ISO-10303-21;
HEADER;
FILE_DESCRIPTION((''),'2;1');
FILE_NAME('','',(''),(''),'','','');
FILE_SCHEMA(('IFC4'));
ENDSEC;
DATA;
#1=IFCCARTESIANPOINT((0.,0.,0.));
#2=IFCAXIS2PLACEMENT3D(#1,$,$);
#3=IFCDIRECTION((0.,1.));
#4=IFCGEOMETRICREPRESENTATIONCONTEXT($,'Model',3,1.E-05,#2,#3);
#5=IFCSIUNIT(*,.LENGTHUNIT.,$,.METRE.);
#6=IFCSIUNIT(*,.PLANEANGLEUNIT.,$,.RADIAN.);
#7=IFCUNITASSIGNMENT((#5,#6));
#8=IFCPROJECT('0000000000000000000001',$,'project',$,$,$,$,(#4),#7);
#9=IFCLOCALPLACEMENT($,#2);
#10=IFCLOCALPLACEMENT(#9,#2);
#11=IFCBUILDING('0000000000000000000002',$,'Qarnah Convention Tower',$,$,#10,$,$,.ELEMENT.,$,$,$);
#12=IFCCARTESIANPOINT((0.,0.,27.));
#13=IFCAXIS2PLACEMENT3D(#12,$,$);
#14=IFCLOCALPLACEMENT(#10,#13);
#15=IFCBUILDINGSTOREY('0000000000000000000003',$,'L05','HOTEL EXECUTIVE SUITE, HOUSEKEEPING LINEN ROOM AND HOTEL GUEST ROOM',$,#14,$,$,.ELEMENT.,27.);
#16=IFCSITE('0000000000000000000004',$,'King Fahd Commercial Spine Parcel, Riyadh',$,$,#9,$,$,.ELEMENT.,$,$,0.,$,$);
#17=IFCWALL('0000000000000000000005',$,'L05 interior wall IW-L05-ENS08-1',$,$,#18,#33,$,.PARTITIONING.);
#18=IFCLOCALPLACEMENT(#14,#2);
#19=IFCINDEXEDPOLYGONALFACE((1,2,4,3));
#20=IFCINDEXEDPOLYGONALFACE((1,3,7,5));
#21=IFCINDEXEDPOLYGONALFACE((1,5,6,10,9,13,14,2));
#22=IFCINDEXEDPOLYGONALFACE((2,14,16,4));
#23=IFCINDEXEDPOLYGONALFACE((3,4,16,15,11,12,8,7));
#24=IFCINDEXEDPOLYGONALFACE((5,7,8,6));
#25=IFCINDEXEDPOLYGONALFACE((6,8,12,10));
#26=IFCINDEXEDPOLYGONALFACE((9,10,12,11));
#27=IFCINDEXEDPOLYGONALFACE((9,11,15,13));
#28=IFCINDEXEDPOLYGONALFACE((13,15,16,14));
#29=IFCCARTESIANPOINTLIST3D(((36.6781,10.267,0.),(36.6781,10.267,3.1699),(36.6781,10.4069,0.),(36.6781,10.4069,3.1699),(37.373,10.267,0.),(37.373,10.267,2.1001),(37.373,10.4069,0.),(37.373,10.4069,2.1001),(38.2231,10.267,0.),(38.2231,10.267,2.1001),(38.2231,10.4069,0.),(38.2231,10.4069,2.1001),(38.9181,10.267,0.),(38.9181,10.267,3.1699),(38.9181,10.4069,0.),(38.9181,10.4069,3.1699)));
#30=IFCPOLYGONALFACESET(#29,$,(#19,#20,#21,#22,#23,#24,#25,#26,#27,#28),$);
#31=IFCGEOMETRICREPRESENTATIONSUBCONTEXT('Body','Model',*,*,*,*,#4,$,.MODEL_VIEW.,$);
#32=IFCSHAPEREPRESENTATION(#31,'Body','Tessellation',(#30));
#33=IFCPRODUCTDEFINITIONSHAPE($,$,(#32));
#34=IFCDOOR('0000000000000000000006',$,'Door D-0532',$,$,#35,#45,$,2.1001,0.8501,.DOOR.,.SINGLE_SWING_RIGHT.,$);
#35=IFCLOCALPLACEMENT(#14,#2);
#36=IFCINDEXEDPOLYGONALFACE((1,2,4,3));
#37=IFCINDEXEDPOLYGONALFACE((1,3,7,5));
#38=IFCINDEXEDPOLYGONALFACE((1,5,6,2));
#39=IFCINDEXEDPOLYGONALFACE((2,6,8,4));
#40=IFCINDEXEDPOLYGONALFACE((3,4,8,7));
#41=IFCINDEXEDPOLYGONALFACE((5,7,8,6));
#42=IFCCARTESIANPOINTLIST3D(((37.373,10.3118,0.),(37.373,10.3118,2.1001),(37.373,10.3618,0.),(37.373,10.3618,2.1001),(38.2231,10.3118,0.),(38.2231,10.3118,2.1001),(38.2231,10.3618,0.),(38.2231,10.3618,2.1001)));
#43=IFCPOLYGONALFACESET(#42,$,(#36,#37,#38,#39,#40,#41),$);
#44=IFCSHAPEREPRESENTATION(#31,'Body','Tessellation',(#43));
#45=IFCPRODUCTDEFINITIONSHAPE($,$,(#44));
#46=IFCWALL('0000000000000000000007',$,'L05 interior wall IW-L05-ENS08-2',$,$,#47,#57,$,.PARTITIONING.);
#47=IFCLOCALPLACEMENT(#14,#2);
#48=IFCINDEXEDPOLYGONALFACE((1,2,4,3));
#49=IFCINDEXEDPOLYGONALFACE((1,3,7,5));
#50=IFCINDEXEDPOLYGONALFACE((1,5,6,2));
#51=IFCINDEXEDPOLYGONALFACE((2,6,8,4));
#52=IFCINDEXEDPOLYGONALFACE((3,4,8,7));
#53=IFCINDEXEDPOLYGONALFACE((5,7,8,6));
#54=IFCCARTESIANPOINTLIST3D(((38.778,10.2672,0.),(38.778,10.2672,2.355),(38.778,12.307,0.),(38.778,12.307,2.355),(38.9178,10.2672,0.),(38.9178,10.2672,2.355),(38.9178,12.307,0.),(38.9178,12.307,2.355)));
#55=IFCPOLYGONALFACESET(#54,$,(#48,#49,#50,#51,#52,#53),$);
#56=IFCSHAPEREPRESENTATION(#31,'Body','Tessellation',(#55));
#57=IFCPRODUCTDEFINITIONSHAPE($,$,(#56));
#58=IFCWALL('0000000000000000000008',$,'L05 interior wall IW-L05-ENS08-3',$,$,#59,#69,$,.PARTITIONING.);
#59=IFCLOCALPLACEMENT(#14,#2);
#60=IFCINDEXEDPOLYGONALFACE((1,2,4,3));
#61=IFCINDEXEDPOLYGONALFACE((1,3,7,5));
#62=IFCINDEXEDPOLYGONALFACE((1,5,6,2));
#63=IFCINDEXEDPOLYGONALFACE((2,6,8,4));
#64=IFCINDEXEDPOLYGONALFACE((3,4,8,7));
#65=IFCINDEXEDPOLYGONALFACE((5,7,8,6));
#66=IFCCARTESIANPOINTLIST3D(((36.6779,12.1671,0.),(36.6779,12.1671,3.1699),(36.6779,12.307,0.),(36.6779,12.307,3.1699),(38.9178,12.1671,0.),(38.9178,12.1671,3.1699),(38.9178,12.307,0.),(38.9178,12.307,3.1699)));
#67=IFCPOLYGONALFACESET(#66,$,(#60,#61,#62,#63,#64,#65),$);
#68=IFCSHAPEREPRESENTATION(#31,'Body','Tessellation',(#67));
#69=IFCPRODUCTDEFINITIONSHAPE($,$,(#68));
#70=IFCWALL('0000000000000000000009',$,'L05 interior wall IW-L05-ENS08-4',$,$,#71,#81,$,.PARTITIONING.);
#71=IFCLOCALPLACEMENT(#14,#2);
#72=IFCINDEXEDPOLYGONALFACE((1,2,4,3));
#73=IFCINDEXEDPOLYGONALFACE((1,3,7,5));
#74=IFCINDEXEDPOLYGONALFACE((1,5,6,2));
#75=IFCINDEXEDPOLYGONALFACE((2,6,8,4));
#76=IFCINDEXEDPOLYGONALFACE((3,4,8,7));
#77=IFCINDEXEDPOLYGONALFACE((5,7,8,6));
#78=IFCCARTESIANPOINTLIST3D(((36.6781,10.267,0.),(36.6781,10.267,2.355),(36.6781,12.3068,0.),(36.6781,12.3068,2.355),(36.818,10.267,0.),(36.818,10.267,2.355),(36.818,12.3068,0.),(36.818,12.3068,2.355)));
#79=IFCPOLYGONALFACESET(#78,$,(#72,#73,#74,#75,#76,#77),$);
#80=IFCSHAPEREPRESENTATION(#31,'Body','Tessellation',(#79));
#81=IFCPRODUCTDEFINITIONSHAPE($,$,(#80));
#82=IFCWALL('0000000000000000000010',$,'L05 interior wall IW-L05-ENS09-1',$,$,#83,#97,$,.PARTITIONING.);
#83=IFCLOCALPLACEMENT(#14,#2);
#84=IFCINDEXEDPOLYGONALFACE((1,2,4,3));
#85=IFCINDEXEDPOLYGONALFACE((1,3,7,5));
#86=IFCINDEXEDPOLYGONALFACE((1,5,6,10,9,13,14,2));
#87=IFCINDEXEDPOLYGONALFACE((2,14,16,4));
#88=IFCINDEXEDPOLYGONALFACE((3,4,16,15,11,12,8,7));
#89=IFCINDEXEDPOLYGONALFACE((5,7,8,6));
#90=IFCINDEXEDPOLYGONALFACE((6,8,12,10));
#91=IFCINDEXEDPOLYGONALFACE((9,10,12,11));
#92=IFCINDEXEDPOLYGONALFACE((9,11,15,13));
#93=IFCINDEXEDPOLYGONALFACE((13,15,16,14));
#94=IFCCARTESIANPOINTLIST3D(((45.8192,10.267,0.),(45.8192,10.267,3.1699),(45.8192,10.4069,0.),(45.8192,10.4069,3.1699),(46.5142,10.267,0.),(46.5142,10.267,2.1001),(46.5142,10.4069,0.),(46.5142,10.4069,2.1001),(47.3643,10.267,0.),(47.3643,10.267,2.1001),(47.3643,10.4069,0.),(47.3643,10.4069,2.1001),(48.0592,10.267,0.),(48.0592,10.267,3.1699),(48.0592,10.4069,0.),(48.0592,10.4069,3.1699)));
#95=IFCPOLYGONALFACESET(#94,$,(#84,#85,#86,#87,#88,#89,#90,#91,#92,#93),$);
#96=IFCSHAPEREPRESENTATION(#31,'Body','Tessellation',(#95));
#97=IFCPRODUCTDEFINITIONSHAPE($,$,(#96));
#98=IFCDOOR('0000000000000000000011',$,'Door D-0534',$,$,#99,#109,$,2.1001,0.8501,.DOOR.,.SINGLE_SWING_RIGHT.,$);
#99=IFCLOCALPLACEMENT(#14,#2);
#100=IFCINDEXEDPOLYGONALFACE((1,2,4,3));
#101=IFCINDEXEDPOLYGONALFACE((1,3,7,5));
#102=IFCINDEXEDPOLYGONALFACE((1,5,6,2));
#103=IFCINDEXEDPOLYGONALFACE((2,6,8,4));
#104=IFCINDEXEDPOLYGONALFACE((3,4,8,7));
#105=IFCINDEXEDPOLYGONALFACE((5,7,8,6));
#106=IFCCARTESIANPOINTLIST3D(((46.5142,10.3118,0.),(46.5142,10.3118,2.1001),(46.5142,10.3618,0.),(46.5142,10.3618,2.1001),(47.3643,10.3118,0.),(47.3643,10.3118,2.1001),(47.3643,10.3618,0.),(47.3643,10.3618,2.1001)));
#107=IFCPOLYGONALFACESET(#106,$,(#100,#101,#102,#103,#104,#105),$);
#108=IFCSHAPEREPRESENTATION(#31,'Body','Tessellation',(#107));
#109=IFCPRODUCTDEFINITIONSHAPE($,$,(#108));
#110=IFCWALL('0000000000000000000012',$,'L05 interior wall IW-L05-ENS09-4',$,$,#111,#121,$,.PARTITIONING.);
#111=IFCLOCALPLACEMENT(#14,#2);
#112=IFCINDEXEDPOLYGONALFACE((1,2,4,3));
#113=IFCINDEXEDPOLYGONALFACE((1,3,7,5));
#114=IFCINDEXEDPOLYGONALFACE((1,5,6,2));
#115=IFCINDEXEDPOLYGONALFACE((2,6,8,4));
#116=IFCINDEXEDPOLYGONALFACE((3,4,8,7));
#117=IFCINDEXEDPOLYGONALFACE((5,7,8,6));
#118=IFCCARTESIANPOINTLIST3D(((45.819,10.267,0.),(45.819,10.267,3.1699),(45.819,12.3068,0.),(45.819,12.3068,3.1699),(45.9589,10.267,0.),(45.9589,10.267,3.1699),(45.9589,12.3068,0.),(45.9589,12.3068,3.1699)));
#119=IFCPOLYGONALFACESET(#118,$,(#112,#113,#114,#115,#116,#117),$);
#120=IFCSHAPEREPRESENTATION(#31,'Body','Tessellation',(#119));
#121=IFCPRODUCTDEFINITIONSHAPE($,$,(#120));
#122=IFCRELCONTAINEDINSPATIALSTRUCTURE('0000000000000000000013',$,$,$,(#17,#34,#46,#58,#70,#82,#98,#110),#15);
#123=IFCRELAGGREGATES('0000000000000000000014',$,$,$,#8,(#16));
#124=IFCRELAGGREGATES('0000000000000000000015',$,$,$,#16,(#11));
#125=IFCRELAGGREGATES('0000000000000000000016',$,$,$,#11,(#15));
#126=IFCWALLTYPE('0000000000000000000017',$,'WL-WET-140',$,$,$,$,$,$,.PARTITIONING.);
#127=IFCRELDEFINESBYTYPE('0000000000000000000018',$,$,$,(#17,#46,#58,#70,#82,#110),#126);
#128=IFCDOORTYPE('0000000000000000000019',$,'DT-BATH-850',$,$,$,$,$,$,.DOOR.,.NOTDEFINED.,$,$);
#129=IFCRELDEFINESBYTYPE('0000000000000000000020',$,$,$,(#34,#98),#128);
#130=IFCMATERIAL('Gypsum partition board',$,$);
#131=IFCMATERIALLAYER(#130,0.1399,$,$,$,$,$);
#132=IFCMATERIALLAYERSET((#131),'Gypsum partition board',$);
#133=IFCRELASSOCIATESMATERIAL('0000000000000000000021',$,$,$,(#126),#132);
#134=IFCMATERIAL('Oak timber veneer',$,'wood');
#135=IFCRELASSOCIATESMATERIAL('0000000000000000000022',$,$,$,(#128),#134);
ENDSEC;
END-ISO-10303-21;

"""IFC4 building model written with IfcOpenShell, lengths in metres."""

from ifc_helpers import new_model, si_unit, direction, frame, frame_2d, origin, place, context, subcontext, project, spatial, rectangle, extrude, material, layer, layer_set, type_object, element, fill, save


model = new_model("IFC4")

# Units and contexts
model_context = context("Model", 3, precision=1e-05, world=origin(), true_north=direction((0.0, 1.0)))
body_context = subcontext(model_context, "Body", "Model", "MODEL_VIEW")
ifc_project = project(units=[si_unit("LENGTHUNIT", "METRE"), si_unit("PLANEANGLEUNIT", "RADIAN")], contexts=[model_context])

# Site, building, storey
site_placement = place(None, origin())
site = spatial("IfcSite", under=ifc_project, at=site_placement, Name="King Fahd Commercial Spine Parcel, Riyadh", CompositionType="ELEMENT", RefElevation=0.0)
building_placement = place(site_placement, origin())
building = spatial("IfcBuilding", under=site, at=building_placement, Name="Qarnah Convention Tower", CompositionType="ELEMENT")
storey_placement = place(building_placement, frame((0.0, 0.0, 27.0)))
storey = spatial("IfcBuildingStorey", under=building, at=storey_placement, Name="L05", Description="HOTEL EXECUTIVE SUITE, HOUSEKEEPING LINEN ROOM AND HOTEL GUEST ROOM", CompositionType="ELEMENT", Elevation=27.0)

# Shared definitions
ifc_material_1 = material(Name="Gypsum partition board")

# Wall, opening, door
ifc_layer_1 = layer(ifc_material_1, 0.1399)
ifc_layer_set_1 = layer_set([ifc_layer_1], Name="Gypsum partition board")
wall_type_1 = type_object("IfcWallType", Name="WL-WET-140", PredefinedType="PARTITIONING", material=ifc_layer_set_1)
wall_1_placement = place(storey_placement, frame((36.678, 10.3369, 0.0), z_axis=(0.0, 0.0, 1.0), x_axis=(1.0, 0.0, 0.0)))
wall_1 = element("IfcWall", 1, at=wall_1_placement, inside=storey, type_object=wall_type_1, Name="L05 interior wall IW-L05-ENS08-1", PredefinedType="PARTITIONING", context=body_context, shape_type="SweptSolid", body=[
    extrude(rectangle(XDim=2.24, YDim=0.1399, at=frame_2d((1.1201, 0.0))), origin(), (0.0, 0.0, 1.0), 3.1699),
])
opening_1_placement = place(wall_1_placement, frame((0.6951, 0.0, 0.0)))
opening_1 = element("IfcOpeningElement", 2, at=opening_1_placement, cuts=wall_1, PredefinedType="OPENING", context=body_context, shape_type="SweptSolid", body=[
    extrude(rectangle(XDim=0.8501, YDim=2.1001, at=frame_2d((0.425, 1.05))), frame((0.0, 0.0798, 0.0), z_axis=(0.0, -1.0, 0.0), x_axis=(1.0, 0.0, 0.0)), (0.0, 0.0, 1.0), 0.1599),
])
ifc_material_2 = material(Name="Oak timber veneer", Category="wood")
door_type = type_object("IfcDoorType", Name="DT-BATH-850", OperationType="NOTDEFINED", PredefinedType="DOOR", material=ifc_material_2)
door_1_placement = place(opening_1_placement, origin())
door_1 = element("IfcDoor", 3, at=door_1_placement, inside=storey, type_object=door_type, Name="Door D-0532", OperationType="SINGLE_SWING_RIGHT", OverallHeight=2.1001, OverallWidth=0.8501, PredefinedType="DOOR", context=body_context, shape_type="SweptSolid", body=[
    extrude(rectangle(XDim=0.8501, YDim=2.1001, at=frame_2d((0.425, 1.05))), frame((0.0, 0.0249, 0.0), z_axis=(0.0, -1.0, 0.0), x_axis=(1.0, 0.0, 0.0)), (0.0, 0.0, 1.0), 0.05),
])
fill(opening_1, door_1)

# Walls
wall_2_placement = place(storey_placement, frame((38.8479, 10.2671, 0.0), z_axis=(0.0, 0.0, 1.0), x_axis=(0.0, 1.0, 0.0)))
element("IfcWall", 4, at=wall_2_placement, inside=storey, type_object=wall_type_1, Name="L05 interior wall IW-L05-ENS08-2", PredefinedType="PARTITIONING", context=body_context, shape_type="SweptSolid", body=[
    extrude(rectangle(XDim=2.0398, YDim=0.1399, at=frame_2d((1.02, 0.0))), origin(), (0.0, 0.0, 1.0), 2.355),
])
wall_3_placement = place(storey_placement, frame((38.918, 12.2371, 0.0), z_axis=(0.0, 0.0, 1.0), x_axis=(-1.0, 0.0, 0.0)))
element("IfcWall", 5, at=wall_3_placement, inside=storey, type_object=wall_type_1, Name="L05 interior wall IW-L05-ENS08-3", PredefinedType="PARTITIONING", context=body_context, shape_type="SweptSolid", body=[
    extrude(rectangle(XDim=2.24, YDim=0.1399, at=frame_2d((1.1201, 0.0))), origin(), (0.0, 0.0, 1.0), 3.1699),
])
wall_4_placement = place(storey_placement, frame((36.748, 12.3069, 0.0), z_axis=(0.0, 0.0, 1.0), x_axis=(0.0, -1.0, 0.0)))
element("IfcWall", 6, at=wall_4_placement, inside=storey, type_object=wall_type_1, Name="L05 interior wall IW-L05-ENS08-4", PredefinedType="PARTITIONING", context=body_context, shape_type="SweptSolid", body=[
    extrude(rectangle(XDim=2.0398, YDim=0.1399, at=frame_2d((1.02, 0.0))), origin(), (0.0, 0.0, 1.0), 2.355),
])

# Wall, opening, door
wall_5_placement = place(storey_placement, frame((45.8191, 10.3369, 0.0), z_axis=(0.0, 0.0, 1.0), x_axis=(1.0, 0.0, 0.0)))
wall_5 = element("IfcWall", 7, at=wall_5_placement, inside=storey, type_object=wall_type_1, Name="L05 interior wall IW-L05-ENS09-1", PredefinedType="PARTITIONING", context=body_context, shape_type="SweptSolid", body=[
    extrude(rectangle(XDim=2.24, YDim=0.1399, at=frame_2d((1.1201, 0.0))), origin(), (0.0, 0.0, 1.0), 3.1699),
])
opening_2_placement = place(wall_5_placement, frame((0.6951, 0.0, 0.0)))
opening_2 = element("IfcOpeningElement", 8, at=opening_2_placement, cuts=wall_5, PredefinedType="OPENING", context=body_context, shape_type="SweptSolid", body=[
    extrude(rectangle(XDim=0.8501, YDim=2.1001, at=frame_2d((0.425, 1.05))), frame((0.0, 0.0798, 0.0), z_axis=(0.0, -1.0, 0.0), x_axis=(1.0, 0.0, 0.0)), (0.0, 0.0, 1.0), 0.1599),
])
door_2_placement = place(opening_2_placement, origin())
door_2 = element("IfcDoor", 9, at=door_2_placement, inside=storey, type_object=door_type, Name="Door D-0534", OperationType="SINGLE_SWING_RIGHT", OverallHeight=2.1001, OverallWidth=0.8501, PredefinedType="DOOR", context=body_context, shape_type="SweptSolid", body=[
    extrude(rectangle(XDim=0.8501, YDim=2.1001, at=frame_2d((0.425, 1.05))), frame((0.0, 0.0249, 0.0), z_axis=(0.0, -1.0, 0.0), x_axis=(1.0, 0.0, 0.0)), (0.0, 0.0, 1.0), 0.05),
])
fill(opening_2, door_2)

# Wall
wall_6_placement = place(storey_placement, frame((45.8889, 12.3069, 0.0), z_axis=(0.0, 0.0, 1.0), x_axis=(0.0, -1.0, 0.0)))
element("IfcWall", 10, at=wall_6_placement, inside=storey, type_object=wall_type_1, Name="L05 interior wall IW-L05-ENS09-4", PredefinedType="PARTITIONING", context=body_context, shape_type="SweptSolid", body=[
    extrude(rectangle(XDim=2.0398, YDim=0.1399, at=frame_2d((1.02, 0.0))), origin(), (0.0, 0.0, 1.0), 3.1699),
])

save(model, "model.ifc")
